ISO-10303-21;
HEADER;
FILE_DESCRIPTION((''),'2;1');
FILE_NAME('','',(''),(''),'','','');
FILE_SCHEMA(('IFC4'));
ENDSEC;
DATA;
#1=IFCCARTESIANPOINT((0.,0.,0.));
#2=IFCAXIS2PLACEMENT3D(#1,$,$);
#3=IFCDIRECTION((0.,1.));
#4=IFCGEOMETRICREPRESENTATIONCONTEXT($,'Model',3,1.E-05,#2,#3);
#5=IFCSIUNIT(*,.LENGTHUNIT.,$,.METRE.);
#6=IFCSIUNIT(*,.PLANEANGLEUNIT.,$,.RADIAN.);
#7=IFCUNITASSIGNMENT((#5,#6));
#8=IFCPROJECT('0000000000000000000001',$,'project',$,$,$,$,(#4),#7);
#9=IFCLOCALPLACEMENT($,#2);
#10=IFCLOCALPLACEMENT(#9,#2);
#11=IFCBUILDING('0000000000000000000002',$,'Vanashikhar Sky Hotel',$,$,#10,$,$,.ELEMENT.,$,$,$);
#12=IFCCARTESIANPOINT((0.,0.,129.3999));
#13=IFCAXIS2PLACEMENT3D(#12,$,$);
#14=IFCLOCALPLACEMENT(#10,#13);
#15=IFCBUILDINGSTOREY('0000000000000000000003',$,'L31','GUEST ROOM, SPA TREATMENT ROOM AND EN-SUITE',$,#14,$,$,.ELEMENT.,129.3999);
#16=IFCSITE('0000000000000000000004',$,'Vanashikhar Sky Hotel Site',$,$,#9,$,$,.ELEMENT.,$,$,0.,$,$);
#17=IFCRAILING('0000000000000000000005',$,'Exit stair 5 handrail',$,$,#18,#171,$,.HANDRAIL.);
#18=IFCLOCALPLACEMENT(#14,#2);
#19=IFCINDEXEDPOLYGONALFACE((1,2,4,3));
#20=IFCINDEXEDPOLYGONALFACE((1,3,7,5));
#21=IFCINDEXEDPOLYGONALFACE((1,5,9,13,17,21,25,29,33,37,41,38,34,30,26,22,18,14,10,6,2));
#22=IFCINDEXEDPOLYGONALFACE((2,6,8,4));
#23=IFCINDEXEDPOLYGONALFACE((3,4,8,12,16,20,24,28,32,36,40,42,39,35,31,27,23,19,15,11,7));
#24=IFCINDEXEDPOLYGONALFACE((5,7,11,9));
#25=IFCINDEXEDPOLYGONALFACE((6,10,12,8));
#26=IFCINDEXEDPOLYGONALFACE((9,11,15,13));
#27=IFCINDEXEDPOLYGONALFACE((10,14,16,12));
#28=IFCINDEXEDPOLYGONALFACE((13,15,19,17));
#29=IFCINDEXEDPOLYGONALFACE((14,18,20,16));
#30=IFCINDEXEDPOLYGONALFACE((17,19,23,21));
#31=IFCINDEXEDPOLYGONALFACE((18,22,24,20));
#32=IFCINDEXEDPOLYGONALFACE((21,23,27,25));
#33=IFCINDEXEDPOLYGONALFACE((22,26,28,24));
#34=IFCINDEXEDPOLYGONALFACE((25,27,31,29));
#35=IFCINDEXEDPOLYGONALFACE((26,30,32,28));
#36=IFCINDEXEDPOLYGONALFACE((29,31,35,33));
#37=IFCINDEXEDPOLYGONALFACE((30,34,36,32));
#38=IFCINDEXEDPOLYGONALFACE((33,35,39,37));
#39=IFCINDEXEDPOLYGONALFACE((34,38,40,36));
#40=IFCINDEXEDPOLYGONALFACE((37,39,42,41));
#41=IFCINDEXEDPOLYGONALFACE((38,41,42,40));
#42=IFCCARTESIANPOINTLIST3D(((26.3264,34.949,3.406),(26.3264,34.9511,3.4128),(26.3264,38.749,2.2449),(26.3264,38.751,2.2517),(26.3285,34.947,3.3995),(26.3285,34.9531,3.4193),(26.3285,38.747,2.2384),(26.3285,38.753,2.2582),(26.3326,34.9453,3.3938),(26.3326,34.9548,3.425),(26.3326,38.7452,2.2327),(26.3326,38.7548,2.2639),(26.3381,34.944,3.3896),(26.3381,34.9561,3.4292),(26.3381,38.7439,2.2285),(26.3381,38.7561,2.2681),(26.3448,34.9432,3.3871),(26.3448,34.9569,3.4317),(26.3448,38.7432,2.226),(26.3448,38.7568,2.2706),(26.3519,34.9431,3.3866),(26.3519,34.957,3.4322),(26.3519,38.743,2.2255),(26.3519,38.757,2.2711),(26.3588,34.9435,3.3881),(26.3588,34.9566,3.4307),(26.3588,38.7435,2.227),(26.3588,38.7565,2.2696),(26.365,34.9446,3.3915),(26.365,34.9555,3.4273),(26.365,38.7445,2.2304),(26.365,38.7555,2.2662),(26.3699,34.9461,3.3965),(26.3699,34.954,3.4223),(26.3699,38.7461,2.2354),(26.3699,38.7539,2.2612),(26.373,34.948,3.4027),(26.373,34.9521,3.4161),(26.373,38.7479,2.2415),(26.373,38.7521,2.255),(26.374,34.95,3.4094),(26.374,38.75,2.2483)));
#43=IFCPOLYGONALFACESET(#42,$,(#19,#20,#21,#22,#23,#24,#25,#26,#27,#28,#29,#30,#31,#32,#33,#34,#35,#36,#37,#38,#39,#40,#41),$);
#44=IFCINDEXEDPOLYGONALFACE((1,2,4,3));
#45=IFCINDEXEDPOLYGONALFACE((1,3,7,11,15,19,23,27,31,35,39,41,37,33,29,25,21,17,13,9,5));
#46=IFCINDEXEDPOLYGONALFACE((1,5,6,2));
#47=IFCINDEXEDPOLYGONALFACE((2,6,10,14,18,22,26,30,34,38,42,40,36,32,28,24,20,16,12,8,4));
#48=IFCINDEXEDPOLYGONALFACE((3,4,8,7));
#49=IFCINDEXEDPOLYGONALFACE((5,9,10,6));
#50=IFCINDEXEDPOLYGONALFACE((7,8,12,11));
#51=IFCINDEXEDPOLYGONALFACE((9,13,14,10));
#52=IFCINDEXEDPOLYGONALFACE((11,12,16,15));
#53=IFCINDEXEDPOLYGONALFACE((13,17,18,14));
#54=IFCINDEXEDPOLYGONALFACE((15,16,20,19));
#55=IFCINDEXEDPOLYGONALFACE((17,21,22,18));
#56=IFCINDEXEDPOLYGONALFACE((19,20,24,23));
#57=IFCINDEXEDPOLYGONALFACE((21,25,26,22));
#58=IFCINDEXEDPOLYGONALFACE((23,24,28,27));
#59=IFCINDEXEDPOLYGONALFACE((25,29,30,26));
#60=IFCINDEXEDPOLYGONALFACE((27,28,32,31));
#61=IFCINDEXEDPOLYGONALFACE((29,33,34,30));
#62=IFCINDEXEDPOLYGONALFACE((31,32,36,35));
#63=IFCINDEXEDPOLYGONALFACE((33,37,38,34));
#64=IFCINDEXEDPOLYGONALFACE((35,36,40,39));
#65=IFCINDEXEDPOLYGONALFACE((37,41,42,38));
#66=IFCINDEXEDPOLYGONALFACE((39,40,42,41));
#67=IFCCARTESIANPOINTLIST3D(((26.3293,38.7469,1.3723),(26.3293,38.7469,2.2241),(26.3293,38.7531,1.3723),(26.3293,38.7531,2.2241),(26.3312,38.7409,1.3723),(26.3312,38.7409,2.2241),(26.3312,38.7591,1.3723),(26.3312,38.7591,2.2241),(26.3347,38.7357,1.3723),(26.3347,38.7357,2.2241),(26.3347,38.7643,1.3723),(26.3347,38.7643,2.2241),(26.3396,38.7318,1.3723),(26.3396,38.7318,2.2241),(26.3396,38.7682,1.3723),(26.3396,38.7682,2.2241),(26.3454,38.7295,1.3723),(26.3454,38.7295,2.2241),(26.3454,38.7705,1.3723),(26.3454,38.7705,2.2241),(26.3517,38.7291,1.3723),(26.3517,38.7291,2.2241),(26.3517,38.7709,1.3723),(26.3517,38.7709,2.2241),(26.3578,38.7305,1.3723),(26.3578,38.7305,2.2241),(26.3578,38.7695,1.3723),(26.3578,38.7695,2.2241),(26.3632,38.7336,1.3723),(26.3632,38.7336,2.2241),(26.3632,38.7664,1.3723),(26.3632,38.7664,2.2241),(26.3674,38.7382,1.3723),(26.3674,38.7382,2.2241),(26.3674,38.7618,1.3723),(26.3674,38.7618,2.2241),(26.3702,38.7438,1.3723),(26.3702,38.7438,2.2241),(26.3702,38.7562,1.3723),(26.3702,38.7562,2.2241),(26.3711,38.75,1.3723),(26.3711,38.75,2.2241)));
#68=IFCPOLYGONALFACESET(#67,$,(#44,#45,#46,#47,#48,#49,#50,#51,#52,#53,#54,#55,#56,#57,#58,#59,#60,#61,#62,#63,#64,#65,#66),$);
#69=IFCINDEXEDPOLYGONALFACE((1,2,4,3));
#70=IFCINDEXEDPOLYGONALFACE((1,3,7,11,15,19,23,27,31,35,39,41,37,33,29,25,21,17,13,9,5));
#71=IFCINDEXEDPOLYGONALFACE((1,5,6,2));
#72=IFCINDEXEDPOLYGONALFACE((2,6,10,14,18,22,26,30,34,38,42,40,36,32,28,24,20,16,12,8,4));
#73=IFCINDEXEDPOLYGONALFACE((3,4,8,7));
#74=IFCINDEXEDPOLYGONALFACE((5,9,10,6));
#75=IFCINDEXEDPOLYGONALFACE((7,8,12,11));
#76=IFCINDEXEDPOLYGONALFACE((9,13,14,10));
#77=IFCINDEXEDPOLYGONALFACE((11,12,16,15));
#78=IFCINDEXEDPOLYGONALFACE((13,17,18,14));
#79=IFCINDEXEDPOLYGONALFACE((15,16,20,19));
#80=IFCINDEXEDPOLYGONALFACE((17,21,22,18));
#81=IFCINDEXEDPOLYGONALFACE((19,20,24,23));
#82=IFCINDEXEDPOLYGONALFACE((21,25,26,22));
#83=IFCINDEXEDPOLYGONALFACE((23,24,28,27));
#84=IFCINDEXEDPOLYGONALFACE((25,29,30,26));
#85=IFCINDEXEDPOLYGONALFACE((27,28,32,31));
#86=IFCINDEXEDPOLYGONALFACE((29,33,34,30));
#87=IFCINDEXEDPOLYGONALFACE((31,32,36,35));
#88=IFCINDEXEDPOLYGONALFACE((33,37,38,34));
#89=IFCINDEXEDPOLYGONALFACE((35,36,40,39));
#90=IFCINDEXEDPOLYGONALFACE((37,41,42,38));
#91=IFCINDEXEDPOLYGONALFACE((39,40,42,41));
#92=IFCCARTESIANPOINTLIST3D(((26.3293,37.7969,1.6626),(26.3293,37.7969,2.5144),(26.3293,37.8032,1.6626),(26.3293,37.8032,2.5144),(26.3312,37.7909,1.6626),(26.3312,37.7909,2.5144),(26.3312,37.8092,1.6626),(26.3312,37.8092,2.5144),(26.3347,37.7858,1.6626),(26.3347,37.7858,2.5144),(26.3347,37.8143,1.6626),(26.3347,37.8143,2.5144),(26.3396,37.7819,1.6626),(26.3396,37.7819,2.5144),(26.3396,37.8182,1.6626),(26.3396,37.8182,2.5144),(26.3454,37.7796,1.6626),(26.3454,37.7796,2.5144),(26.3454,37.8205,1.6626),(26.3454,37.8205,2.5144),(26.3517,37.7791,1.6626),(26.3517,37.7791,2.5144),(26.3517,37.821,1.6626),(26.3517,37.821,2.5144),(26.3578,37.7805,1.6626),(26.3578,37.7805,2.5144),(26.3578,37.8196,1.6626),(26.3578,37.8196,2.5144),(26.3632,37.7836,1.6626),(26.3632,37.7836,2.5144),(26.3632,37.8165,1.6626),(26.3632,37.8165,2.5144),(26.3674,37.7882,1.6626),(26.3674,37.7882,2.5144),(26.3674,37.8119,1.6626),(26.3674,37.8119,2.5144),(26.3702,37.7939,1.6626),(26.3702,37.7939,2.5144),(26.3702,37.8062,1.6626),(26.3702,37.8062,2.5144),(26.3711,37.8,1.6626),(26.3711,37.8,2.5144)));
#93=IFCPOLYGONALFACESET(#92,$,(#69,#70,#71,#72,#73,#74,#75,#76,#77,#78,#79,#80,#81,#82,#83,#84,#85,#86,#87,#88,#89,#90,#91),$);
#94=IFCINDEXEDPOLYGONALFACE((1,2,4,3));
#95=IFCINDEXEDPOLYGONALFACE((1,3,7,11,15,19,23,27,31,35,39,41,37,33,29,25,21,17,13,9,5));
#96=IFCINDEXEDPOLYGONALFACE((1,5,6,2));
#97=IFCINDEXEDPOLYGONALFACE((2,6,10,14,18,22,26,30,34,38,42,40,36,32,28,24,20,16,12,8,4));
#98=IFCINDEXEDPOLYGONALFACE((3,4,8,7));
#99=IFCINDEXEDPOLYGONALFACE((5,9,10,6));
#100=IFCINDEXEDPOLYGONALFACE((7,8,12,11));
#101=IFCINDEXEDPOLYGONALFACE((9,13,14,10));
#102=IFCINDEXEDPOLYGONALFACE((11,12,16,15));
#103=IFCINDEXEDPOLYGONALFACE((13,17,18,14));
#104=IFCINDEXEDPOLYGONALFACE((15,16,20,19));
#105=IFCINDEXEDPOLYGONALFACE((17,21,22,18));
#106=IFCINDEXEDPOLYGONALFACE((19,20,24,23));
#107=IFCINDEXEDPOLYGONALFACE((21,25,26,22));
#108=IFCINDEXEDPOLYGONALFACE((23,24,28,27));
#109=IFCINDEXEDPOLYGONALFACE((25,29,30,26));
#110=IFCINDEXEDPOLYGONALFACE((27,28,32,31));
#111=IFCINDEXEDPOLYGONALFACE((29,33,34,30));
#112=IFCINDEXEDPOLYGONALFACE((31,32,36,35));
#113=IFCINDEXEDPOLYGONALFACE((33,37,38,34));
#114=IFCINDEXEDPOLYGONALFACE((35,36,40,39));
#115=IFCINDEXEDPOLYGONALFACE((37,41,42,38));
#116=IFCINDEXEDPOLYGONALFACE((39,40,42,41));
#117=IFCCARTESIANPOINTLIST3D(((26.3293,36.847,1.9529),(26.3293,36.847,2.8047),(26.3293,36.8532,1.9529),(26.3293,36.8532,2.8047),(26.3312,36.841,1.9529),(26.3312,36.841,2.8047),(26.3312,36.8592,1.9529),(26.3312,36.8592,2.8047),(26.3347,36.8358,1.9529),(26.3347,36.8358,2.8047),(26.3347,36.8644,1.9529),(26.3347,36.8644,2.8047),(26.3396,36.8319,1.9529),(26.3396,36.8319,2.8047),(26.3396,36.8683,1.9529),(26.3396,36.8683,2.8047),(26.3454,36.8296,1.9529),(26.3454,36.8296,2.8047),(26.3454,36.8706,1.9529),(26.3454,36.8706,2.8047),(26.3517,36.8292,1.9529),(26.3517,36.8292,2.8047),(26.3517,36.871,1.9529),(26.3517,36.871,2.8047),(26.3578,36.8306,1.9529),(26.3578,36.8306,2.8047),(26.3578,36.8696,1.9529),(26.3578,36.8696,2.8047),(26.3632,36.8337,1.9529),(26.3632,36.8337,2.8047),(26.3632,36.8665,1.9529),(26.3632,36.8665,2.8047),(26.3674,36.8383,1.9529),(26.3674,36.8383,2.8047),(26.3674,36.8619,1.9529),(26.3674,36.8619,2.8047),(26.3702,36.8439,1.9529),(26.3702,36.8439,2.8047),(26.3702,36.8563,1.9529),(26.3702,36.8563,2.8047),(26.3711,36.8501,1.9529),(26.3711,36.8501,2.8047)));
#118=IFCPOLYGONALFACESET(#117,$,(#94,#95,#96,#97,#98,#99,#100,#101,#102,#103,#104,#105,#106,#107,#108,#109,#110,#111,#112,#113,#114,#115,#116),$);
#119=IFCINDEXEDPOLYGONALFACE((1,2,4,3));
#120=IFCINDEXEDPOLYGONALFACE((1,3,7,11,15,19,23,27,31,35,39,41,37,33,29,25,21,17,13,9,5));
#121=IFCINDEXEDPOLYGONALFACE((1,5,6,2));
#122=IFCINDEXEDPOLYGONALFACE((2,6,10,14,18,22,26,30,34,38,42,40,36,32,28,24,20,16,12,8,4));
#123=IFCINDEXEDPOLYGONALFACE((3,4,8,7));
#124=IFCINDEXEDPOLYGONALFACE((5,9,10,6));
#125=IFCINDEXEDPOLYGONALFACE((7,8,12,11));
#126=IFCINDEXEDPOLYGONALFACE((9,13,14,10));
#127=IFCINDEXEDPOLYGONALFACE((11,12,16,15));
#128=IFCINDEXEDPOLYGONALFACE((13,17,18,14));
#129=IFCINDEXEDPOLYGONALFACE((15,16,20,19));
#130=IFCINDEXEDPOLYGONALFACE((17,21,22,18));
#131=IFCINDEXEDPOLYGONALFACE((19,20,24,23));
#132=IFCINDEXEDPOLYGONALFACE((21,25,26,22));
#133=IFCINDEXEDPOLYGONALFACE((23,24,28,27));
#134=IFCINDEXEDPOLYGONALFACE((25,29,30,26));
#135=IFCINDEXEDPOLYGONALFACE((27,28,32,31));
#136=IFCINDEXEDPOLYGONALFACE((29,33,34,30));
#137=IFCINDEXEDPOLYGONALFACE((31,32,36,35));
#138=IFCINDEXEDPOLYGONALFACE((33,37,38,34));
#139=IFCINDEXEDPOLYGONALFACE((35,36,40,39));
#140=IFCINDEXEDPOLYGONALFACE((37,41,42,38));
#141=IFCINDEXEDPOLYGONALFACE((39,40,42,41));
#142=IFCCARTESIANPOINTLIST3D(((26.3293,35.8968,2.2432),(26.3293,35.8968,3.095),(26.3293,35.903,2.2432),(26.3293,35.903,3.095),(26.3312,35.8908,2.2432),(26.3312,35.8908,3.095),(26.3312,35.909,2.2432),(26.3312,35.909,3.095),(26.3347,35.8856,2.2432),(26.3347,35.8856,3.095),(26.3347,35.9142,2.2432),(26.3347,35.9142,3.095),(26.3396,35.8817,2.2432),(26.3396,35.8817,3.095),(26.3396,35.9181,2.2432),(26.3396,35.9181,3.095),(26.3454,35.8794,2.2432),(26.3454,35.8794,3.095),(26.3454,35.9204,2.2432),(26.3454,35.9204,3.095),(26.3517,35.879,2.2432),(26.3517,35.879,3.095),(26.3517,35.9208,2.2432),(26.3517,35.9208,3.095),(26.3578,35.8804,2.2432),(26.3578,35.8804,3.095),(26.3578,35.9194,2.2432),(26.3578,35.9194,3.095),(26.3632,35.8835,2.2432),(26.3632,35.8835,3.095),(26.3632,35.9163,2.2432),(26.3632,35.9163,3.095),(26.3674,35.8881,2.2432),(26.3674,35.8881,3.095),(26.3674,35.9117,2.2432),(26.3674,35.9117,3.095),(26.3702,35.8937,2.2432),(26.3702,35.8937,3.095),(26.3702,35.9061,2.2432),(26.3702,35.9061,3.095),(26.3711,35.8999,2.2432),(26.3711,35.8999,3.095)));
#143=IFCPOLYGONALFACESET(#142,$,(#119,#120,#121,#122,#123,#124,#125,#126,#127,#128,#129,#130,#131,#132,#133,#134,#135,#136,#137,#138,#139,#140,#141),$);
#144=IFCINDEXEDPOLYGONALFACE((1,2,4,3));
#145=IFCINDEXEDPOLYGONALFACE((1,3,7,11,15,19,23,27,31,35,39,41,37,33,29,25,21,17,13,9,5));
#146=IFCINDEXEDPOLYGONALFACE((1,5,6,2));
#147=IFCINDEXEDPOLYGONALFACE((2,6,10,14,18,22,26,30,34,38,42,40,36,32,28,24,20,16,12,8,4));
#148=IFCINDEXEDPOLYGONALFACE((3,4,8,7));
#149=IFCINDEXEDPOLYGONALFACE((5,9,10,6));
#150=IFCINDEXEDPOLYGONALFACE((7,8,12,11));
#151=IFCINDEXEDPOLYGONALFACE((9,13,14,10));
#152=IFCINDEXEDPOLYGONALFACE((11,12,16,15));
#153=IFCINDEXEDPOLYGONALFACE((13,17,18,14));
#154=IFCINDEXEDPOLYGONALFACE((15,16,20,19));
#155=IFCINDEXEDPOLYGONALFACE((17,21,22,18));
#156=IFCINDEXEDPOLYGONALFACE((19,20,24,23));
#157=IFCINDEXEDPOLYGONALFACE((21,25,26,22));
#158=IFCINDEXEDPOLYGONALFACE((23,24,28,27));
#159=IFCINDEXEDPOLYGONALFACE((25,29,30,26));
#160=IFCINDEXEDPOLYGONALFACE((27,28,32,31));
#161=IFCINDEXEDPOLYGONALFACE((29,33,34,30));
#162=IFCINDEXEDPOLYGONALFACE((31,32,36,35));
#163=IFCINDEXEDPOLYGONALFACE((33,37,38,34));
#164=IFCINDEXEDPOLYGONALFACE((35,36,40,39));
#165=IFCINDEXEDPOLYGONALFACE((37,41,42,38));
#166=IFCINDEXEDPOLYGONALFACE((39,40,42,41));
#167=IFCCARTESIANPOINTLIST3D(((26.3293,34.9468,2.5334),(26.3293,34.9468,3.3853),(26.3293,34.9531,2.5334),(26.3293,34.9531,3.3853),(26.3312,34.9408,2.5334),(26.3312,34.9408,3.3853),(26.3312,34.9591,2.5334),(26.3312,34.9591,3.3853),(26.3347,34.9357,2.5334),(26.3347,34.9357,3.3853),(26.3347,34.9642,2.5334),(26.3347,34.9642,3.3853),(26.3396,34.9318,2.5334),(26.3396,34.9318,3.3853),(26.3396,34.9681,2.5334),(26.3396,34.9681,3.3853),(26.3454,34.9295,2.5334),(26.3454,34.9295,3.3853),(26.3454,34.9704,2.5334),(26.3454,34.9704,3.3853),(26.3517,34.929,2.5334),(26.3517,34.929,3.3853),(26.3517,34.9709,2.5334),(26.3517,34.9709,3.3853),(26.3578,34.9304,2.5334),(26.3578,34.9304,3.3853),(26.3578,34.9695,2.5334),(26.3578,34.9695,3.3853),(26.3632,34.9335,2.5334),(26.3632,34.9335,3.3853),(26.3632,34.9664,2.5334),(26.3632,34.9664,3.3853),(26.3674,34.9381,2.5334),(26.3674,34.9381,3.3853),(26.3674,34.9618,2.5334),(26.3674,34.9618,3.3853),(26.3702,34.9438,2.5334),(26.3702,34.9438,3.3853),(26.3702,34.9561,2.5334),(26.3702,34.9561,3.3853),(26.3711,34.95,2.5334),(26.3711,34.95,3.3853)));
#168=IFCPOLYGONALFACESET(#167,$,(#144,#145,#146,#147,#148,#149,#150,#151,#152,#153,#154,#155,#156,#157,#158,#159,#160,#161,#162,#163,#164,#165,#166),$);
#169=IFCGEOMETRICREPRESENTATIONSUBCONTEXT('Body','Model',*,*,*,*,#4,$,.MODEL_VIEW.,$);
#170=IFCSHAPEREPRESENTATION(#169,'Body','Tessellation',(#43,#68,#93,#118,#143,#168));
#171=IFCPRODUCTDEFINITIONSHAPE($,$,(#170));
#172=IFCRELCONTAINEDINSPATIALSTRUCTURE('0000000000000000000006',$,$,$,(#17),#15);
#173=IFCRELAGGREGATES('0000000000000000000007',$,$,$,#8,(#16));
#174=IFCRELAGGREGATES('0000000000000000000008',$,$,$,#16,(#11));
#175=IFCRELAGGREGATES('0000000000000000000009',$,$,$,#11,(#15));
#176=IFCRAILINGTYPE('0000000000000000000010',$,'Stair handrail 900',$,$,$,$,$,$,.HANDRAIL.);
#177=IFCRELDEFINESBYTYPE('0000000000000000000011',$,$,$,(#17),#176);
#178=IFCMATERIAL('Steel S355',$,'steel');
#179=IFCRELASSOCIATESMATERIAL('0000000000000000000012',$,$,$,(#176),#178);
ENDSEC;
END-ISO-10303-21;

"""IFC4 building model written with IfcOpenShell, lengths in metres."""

from ifc_helpers import new_model, si_unit, direction, frame, origin, origin_2d, place, context, subcontext, project, spatial, circle, extrude, source, transform, mapped, material, type_object, element, save


model = new_model("IFC4")

# Units and contexts
model_context = context("Model", 3, precision=1e-05, world=origin(), true_north=direction((0.0, 1.0)))
body_context = subcontext(model_context, "Body", "Model", "MODEL_VIEW")
ifc_project = project(units=[si_unit("LENGTHUNIT", "METRE"), si_unit("PLANEANGLEUNIT", "RADIAN")], contexts=[model_context])

# Site, building, storey
site_placement = place(None, origin())
site = spatial("IfcSite", under=ifc_project, at=site_placement, Name="Vanashikhar Sky Hotel Site", CompositionType="ELEMENT", RefElevation=0.0)
building_placement = place(site_placement, origin())
building = spatial("IfcBuilding", under=site, at=building_placement, Name="Vanashikhar Sky Hotel", CompositionType="ELEMENT")
storey_placement = place(building_placement, frame((0.0, 0.0, 129.3999)))
storey = spatial("IfcBuildingStorey", under=building, at=storey_placement, Name="L31", Description="GUEST ROOM, SPA TREATMENT ROOM AND EN-SUITE", CompositionType="ELEMENT", Elevation=129.3999)

# Railing
ifc_material_1 = material(Name="Steel S355", Category="steel")
railing_type = type_object("IfcRailingType", Name="Stair handrail 900", PredefinedType="HANDRAIL", material=ifc_material_1)
shared_shape_1 = source(origin(), body_context, "Body", "SweptSolid", [
    extrude(circle(Radius=0.0239, at=origin_2d()), frame((0.0, 0.0, 0.876), z_axis=(0.0, -0.956351, 0.29222), x_axis=(1.0, 0.0, 0.0)), (0.0, 0.0, 1.0), 3.9734),
    extrude(circle(Radius=0.021, at=origin_2d()), origin(), (0.0, 0.0, 1.0), 0.8518),
    extrude(circle(Radius=0.021, at=origin_2d()), frame((0.0, -0.95, 0.2903)), (0.0, 0.0, 1.0), 0.8518),
    extrude(circle(Radius=0.021, at=origin_2d()), frame((0.0, -1.8999, 0.5806)), (0.0, 0.0, 1.0), 0.8518),
    extrude(circle(Radius=0.021, at=origin_2d()), frame((0.0, -2.8501, 0.8708)), (0.0, 0.0, 1.0), 0.8518),
    extrude(circle(Radius=0.021, at=origin_2d()), frame((0.0, -3.8, 1.1611)), (0.0, 0.0, 1.0), 0.8518),
])
railing_placement = place(storey_placement, frame((26.3501, 38.75, 1.3723)))
element("IfcRailing", 1, at=railing_placement, inside=storey, type_object=railing_type, Name="Exit stair 5 handrail", PredefinedType="HANDRAIL", context=body_context, shape_type="MappedRepresentation", body=[
    mapped(shared_shape_1, transform((0.0, 0.0, 0.0), scale=1.0)),
])

save(model, "model.ifc")
